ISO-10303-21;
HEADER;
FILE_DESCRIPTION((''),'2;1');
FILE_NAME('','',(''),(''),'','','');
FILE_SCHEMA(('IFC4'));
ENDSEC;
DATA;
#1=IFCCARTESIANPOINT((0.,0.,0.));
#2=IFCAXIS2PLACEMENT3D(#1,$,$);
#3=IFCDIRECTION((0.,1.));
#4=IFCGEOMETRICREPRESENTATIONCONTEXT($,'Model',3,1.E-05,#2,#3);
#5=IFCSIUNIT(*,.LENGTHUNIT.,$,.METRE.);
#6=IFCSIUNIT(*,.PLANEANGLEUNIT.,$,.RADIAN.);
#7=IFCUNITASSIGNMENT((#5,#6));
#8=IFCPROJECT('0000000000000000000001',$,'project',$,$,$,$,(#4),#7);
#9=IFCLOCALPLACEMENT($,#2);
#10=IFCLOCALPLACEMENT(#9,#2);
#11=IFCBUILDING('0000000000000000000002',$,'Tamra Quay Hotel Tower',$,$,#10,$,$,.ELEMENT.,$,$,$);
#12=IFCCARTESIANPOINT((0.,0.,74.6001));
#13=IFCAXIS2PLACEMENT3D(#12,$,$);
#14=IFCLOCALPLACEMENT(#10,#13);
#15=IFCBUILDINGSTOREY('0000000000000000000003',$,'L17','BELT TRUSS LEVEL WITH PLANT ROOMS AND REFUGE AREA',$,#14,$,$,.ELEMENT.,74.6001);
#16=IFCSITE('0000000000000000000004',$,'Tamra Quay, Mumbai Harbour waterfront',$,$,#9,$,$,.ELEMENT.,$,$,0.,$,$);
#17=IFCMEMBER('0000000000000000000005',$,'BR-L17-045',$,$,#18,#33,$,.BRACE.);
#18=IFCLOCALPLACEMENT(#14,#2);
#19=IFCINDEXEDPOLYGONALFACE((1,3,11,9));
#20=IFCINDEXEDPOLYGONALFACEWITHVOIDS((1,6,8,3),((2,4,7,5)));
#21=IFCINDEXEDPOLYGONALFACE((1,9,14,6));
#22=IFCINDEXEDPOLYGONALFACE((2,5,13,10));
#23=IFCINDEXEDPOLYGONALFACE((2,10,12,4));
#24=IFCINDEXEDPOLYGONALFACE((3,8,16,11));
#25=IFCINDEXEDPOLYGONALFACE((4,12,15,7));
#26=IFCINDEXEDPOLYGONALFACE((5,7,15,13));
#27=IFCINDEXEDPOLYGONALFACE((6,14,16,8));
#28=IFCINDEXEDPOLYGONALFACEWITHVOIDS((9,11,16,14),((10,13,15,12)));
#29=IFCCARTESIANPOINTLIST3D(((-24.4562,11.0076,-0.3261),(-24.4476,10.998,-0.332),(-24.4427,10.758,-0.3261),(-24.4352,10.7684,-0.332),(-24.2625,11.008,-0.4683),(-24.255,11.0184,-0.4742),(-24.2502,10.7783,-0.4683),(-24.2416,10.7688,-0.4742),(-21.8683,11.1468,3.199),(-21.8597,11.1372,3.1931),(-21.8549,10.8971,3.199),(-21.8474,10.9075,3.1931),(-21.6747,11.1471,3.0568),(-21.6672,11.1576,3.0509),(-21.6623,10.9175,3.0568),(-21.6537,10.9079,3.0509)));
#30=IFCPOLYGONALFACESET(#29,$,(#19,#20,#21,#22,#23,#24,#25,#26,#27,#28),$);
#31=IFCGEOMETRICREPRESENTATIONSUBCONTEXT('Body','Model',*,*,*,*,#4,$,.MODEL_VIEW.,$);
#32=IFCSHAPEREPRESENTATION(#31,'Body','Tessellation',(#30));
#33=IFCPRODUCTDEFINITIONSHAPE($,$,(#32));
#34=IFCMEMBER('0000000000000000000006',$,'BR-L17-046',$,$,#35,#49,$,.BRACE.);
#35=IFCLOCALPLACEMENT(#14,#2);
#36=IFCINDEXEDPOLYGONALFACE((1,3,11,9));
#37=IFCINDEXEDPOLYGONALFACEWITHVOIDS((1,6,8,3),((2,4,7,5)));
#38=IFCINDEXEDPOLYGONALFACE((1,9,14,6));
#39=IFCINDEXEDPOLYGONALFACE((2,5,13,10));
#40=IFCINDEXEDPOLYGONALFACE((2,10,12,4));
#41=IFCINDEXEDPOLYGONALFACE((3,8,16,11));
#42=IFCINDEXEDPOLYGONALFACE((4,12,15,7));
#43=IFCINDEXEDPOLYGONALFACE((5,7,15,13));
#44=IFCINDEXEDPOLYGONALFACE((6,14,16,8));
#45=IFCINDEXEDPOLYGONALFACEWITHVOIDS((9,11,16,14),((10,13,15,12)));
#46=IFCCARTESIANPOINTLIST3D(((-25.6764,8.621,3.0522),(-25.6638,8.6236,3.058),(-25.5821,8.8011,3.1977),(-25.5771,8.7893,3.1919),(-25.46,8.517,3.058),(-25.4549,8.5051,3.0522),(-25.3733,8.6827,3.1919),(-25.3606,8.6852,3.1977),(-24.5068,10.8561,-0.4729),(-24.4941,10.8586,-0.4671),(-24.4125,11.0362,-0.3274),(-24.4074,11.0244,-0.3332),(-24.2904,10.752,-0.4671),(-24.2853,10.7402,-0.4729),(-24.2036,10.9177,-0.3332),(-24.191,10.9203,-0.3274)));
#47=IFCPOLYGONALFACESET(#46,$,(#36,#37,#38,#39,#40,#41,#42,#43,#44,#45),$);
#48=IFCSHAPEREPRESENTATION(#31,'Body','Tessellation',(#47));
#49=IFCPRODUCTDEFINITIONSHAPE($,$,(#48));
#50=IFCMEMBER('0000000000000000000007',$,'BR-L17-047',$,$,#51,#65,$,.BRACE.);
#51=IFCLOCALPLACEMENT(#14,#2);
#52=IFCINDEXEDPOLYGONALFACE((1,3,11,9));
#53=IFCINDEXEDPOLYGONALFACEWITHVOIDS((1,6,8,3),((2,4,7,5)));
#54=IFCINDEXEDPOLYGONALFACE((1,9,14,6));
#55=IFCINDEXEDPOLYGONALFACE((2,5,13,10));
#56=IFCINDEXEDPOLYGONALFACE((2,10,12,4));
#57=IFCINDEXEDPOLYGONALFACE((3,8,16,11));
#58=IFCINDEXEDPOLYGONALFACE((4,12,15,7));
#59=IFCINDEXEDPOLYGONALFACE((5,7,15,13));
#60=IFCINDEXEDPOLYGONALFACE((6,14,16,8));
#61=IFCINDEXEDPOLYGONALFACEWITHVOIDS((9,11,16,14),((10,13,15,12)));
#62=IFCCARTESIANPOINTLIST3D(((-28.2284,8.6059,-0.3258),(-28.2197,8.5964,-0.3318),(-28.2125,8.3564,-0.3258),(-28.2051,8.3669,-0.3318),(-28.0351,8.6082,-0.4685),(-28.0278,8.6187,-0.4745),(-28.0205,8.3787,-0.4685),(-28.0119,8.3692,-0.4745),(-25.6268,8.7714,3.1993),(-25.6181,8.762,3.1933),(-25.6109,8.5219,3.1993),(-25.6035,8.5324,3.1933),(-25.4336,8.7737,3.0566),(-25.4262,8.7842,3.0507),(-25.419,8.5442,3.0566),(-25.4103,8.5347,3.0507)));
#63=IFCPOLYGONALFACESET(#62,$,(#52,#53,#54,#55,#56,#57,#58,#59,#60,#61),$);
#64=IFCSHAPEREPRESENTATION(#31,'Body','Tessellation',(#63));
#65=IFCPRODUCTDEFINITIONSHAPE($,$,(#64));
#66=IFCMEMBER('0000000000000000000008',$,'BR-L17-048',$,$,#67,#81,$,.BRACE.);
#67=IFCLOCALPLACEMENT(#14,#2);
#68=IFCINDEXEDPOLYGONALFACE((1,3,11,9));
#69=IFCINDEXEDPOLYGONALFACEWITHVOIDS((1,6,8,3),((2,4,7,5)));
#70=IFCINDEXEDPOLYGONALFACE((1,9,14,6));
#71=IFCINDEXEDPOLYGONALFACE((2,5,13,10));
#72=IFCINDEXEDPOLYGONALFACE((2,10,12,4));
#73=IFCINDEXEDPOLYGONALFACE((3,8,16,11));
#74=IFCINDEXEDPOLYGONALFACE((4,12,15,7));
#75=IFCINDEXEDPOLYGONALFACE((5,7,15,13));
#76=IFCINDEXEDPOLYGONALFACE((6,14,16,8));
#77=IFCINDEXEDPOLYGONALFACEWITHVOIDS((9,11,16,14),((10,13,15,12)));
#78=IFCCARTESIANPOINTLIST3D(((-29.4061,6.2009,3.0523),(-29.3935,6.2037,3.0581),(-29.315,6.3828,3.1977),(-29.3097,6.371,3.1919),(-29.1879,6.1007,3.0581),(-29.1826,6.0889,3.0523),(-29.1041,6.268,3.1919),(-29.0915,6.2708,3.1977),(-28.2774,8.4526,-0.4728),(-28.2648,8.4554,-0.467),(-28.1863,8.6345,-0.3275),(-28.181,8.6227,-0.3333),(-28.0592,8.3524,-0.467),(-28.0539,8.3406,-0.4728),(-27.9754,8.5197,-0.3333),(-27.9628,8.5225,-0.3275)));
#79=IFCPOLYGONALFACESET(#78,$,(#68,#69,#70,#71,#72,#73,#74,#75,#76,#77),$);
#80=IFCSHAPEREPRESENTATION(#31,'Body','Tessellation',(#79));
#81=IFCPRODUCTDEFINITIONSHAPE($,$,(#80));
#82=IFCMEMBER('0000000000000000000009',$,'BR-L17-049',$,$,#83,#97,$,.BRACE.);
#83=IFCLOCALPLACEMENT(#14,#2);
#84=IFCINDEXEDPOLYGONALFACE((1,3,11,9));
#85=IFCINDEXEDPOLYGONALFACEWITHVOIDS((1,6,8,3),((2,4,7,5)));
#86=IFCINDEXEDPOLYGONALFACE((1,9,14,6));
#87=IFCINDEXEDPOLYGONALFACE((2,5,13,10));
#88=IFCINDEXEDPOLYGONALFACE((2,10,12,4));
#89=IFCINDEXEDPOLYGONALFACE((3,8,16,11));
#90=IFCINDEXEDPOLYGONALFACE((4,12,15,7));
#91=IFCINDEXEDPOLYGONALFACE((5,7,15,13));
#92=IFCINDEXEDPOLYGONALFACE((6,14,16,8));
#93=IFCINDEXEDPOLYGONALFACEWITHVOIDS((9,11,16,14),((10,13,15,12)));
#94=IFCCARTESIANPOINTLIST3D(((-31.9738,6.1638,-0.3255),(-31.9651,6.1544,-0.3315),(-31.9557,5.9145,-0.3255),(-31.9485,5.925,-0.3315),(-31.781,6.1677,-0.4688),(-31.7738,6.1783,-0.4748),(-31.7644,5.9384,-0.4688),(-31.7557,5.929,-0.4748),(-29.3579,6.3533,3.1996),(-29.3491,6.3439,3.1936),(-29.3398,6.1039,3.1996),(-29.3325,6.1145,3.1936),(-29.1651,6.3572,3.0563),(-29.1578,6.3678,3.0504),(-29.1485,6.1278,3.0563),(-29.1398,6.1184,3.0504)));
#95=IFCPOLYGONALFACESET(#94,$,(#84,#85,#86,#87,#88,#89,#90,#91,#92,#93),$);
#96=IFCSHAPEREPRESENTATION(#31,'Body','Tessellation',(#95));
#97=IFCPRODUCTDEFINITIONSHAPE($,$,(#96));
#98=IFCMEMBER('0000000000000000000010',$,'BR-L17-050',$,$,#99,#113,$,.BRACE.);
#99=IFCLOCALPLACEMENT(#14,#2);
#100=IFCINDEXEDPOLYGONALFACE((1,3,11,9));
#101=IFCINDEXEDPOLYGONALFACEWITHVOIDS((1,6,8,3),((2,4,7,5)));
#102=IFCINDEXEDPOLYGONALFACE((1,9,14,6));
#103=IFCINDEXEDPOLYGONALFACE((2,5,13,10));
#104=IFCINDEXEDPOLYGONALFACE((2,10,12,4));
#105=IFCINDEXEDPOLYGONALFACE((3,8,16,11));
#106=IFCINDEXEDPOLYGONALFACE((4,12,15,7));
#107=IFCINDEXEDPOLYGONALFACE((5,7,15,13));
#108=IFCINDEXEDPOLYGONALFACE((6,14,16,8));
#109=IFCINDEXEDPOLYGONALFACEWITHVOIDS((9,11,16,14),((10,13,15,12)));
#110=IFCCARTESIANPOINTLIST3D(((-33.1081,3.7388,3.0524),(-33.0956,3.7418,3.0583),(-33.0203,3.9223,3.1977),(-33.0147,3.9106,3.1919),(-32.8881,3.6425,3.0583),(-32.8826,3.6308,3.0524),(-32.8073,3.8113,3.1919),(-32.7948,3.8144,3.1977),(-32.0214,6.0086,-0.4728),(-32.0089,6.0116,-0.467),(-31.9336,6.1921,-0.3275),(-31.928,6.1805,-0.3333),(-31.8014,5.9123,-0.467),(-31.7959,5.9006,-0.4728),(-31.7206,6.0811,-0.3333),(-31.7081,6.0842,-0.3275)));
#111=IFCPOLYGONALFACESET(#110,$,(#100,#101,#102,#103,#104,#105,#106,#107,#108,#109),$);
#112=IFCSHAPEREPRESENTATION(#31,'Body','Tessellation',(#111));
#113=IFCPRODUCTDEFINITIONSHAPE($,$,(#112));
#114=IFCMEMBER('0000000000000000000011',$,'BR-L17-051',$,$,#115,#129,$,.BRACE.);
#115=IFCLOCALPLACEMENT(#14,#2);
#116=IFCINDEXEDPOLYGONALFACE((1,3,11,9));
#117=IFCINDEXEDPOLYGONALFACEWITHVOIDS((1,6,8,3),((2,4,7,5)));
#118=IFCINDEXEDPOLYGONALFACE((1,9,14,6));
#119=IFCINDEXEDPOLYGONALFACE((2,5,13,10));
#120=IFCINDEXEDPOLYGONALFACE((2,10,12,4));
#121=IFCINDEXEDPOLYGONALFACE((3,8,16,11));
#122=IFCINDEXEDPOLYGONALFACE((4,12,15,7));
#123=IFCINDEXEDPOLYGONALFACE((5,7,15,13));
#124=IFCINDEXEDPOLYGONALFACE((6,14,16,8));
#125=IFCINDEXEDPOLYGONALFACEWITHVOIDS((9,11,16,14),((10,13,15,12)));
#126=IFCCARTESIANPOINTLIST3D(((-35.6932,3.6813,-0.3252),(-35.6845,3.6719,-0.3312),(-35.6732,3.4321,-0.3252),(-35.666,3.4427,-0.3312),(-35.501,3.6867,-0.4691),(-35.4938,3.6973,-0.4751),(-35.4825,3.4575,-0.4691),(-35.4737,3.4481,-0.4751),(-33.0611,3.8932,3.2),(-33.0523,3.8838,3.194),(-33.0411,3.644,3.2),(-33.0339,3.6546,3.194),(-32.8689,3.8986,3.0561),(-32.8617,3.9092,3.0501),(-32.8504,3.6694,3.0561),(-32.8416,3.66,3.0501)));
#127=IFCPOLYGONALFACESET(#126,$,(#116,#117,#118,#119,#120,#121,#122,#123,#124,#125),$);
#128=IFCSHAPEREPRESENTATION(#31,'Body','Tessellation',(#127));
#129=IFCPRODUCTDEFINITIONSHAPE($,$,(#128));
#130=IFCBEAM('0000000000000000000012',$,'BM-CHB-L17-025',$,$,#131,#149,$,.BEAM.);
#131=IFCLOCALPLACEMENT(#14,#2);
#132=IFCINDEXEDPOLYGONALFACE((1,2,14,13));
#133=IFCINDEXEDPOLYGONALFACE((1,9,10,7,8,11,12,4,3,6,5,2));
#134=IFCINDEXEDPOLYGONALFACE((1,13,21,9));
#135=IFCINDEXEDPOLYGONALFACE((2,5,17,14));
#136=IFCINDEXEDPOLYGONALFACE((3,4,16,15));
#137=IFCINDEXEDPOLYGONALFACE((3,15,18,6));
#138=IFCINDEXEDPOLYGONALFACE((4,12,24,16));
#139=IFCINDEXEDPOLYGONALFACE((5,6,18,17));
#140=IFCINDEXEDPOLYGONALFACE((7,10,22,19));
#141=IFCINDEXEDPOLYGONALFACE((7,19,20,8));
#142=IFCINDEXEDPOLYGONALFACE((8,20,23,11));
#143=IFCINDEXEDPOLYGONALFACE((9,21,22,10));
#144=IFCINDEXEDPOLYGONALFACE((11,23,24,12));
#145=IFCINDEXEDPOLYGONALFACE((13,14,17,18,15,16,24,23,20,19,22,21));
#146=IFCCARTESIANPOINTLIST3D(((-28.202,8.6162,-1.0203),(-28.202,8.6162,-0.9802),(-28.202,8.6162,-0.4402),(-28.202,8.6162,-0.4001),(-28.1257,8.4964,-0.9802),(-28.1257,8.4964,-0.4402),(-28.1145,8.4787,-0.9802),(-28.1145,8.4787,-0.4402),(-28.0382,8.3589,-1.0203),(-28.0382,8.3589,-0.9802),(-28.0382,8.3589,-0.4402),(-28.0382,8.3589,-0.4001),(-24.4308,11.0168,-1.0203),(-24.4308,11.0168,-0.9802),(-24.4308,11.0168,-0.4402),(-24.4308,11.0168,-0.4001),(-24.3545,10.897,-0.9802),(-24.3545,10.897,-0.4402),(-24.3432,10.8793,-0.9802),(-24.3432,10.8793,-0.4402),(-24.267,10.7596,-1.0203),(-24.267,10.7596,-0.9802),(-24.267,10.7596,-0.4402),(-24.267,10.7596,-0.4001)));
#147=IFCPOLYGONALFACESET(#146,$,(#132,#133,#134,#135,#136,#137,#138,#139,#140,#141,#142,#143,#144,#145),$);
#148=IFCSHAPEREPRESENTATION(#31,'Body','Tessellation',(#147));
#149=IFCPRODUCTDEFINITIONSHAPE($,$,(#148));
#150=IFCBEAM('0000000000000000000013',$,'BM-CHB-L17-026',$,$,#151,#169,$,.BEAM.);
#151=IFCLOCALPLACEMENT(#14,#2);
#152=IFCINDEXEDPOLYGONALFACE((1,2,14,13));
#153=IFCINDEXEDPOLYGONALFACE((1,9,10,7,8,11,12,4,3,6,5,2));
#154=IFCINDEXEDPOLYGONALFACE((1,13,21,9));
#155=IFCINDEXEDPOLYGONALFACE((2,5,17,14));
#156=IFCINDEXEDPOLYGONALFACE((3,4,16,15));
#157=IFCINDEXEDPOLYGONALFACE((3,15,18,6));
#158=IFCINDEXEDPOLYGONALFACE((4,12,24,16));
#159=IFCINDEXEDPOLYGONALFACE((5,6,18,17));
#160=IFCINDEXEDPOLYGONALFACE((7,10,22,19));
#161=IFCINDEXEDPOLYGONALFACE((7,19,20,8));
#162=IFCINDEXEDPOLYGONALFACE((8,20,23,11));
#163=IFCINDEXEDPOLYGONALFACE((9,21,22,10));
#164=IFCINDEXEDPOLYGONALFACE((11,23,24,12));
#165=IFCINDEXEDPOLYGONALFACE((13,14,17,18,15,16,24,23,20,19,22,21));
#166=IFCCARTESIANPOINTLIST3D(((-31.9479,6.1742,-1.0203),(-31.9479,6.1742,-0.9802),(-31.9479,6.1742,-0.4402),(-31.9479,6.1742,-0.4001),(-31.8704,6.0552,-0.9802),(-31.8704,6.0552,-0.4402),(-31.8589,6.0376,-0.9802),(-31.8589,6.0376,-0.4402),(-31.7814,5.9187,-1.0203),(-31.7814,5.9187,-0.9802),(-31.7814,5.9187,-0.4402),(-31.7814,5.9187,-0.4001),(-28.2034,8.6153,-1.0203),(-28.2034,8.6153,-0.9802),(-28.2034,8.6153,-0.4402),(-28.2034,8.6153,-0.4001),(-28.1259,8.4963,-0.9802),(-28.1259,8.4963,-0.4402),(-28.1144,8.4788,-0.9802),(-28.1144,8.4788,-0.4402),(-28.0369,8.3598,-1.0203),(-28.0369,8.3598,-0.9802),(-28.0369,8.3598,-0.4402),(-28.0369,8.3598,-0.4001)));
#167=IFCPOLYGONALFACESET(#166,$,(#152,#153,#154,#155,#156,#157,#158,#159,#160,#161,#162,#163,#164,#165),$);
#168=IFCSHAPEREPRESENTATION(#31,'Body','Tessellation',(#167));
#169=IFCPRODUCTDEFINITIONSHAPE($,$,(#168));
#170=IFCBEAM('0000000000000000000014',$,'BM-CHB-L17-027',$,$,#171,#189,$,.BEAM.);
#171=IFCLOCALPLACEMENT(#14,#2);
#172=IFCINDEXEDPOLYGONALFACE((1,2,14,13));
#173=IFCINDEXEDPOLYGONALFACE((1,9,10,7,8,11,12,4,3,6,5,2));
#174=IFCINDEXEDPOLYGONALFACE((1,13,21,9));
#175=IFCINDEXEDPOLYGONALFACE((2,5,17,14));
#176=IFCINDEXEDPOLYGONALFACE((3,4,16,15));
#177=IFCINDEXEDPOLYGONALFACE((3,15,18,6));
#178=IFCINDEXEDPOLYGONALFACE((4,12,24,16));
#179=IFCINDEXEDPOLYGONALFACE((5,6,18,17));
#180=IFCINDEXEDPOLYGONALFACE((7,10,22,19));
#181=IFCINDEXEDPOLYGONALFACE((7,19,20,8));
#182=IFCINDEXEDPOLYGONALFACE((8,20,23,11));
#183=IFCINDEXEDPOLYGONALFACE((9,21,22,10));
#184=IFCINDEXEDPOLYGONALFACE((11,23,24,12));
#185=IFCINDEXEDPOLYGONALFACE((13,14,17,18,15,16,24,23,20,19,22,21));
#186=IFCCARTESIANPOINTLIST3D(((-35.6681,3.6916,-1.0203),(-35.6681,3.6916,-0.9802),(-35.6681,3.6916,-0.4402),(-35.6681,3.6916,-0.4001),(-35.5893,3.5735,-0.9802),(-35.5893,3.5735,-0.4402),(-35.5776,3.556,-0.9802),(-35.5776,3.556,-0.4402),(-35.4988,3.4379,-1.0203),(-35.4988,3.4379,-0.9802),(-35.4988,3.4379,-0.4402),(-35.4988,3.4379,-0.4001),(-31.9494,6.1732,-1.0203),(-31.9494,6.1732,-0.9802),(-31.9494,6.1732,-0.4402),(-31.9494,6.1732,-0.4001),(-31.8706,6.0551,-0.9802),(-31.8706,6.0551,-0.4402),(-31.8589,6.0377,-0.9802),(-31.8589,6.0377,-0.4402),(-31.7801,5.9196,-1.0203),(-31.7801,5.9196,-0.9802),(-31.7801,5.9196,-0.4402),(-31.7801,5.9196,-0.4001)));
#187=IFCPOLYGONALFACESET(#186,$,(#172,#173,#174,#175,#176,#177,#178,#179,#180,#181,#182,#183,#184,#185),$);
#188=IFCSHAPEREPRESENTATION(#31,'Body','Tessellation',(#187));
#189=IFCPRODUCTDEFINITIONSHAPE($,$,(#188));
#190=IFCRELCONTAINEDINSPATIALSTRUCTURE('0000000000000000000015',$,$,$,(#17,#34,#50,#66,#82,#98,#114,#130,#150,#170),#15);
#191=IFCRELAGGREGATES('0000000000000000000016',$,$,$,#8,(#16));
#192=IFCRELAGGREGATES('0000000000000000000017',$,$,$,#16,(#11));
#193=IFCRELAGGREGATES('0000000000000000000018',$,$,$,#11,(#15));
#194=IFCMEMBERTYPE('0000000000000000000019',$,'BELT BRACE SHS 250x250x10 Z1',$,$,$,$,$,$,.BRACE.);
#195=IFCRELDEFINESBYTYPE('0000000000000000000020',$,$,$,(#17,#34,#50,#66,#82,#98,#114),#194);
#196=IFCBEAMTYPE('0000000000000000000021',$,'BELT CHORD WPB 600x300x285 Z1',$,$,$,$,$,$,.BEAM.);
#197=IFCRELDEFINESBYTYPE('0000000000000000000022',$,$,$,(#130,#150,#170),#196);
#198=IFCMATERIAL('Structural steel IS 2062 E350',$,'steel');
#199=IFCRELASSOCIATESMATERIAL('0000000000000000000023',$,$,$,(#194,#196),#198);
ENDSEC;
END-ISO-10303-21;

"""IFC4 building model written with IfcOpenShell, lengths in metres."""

from ifc_helpers import new_model, si_unit, direction, frame, origin, origin_2d, place, context, subcontext, project, spatial, hollow_rectangle, i_section, extrude, material, material_profile, profile_set, type_object, element, save


model = new_model("IFC4")

# Units and contexts
model_context = context("Model", 3, precision=1e-05, world=origin(), true_north=direction((0.0, 1.0)))
body_context = subcontext(model_context, "Body", "Model", "MODEL_VIEW")
ifc_project = project(units=[si_unit("LENGTHUNIT", "METRE"), si_unit("PLANEANGLEUNIT", "RADIAN")], contexts=[model_context])

# Site, building, storey
site_placement = place(None, origin())
site = spatial("IfcSite", under=ifc_project, at=site_placement, Name="Tamra Quay, Mumbai Harbour waterfront", CompositionType="ELEMENT", RefElevation=0.0)
building_placement = place(site_placement, origin())
building = spatial("IfcBuilding", under=site, at=building_placement, Name="Tamra Quay Hotel Tower", CompositionType="ELEMENT")
storey_placement = place(building_placement, frame((0.0, 0.0, 74.6001)))
storey = spatial("IfcBuildingStorey", under=building, at=storey_placement, Name="L17", Description="BELT TRUSS LEVEL WITH PLANT ROOMS AND REFUGE AREA", CompositionType="ELEMENT", Elevation=74.6001)

# Members
ifc_material_1 = material(Name="Structural steel IS 2062 E350", Category="steel")
ifc_material_profile_1 = material_profile(ifc_material_1, hollow_rectangle(XDim=0.25, YDim=0.25, WallThickness=0.01, at=origin_2d()), Name="SHS 250x250x10")
ifc_profile_set_1 = profile_set([ifc_material_profile_1], Name="Structural steel IS 2062 E350")
member_type = type_object("IfcMemberType", Name="BELT BRACE SHS 250x250x10 Z1", PredefinedType="BRACE", material=ifc_profile_set_1)
member_1_placement = place(storey_placement, frame((-24.3489, 10.8882, -0.4001), z_axis=(0.591478, 0.031806, 0.805694), x_axis=(-0.053696, 0.998557, 0.0)))
element("IfcMember", 1, at=member_1_placement, inside=storey, type_object=member_type, Name="BR-L17-045", PredefinedType="BRACE", context=body_context, shape_type="SweptSolid", body=[
    extrude(hollow_rectangle(XDim=0.25, YDim=0.25, WallThickness=0.01, at=origin_2d()), origin(), (0.0, 0.0, 1.0), 4.3752),
])
member_2_placement = place(storey_placement, frame((-24.3489, 10.8882, -0.4001), z_axis=(-0.269834, -0.515619, 0.81322), x_axis=(0.88601, -0.463667, 0.0)))
element("IfcMember", 2, at=member_2_placement, inside=storey, type_object=member_type, Name="BR-L17-046", PredefinedType="BRACE", context=body_context, shape_type="SweptSolid", body=[
    extrude(hollow_rectangle(XDim=0.25, YDim=0.25, WallThickness=0.01, at=origin_2d()), origin(), (0.0, 0.0, 1.0), 4.3347),
])
member_3_placement = place(storey_placement, frame((-28.1201, 8.4875, -0.4001), z_axis=(0.59338, 0.037754, 0.804037), x_axis=(-0.063498, 0.997982, 0.0)))
element("IfcMember", 3, at=member_3_placement, inside=storey, type_object=member_type, Name="BR-L17-047", PredefinedType="BRACE", context=body_context, shape_type="SweptSolid", body=[
    extrude(hollow_rectangle(XDim=0.25, YDim=0.25, WallThickness=0.01, at=origin_2d()), origin(), (0.0, 0.0, 1.0), 4.3843),
])
member_4_placement = place(storey_placement, frame((-28.1201, 8.4875, -0.4001), z_axis=(-0.260509, -0.519723, 0.813648), x_axis=(0.893981, -0.448105, 0.0)))
element("IfcMember", 4, at=member_4_placement, inside=storey, type_object=member_type, Name="BR-L17-048", PredefinedType="BRACE", context=body_context, shape_type="SweptSolid", body=[
    extrude(hollow_rectangle(XDim=0.25, YDim=0.25, WallThickness=0.01, at=origin_2d()), origin(), (0.0, 0.0, 1.0), 4.3325),
])
member_5_placement = place(storey_placement, frame((-31.8647, 6.0464, -0.4001), z_axis=(0.595371, 0.043118, 0.802293), x_axis=(-0.072233, 0.997388, 0.0)))
element("IfcMember", 5, at=member_5_placement, inside=storey, type_object=member_type, Name="BR-L17-049", PredefinedType="BRACE", context=body_context, shape_type="SweptSolid", body=[
    extrude(hollow_rectangle(XDim=0.25, YDim=0.25, WallThickness=0.01, at=origin_2d()), origin(), (0.0, 0.0, 1.0), 4.3938),
])
member_6_placement = place(storey_placement, frame((-31.8647, 6.0464, -0.4001), z_axis=(-0.250893, -0.524051, 0.813894), x_axis=(0.90196, -0.431819, 0.0)))
element("IfcMember", 6, at=member_6_placement, inside=storey, type_object=member_type, Name="BR-L17-050", PredefinedType="BRACE", context=body_context, shape_type="SweptSolid", body=[
    extrude(hollow_rectangle(XDim=0.25, YDim=0.25, WallThickness=0.01, at=origin_2d()), origin(), (0.0, 0.0, 1.0), 4.3313),
])
member_7_placement = place(storey_placement, frame((-35.5835, 3.5647, -0.4001), z_axis=(0.597592, 0.048113, 0.800355), x_axis=(-0.080252, 0.996775, 0.0)))
element("IfcMember", 7, at=member_7_placement, inside=storey, type_object=member_type, Name="BR-L17-051", PredefinedType="BRACE", context=body_context, shape_type="SweptSolid", body=[
    extrude(hollow_rectangle(XDim=0.25, YDim=0.25, WallThickness=0.01, at=origin_2d()), origin(), (0.0, 0.0, 1.0), 4.4045),
])

# Beams
ifc_material_profile_2 = material_profile(ifc_material_1, i_section(OverallWidth=0.3049, OverallDepth=0.6201, WebThickness=0.021, FlangeThickness=0.04, at=origin_2d()), Name="WPB 600x300x285")
ifc_profile_set_2 = profile_set([ifc_material_profile_2], Name="Structural steel IS 2062 E350")
beam_type_1 = type_object("IfcBeamType", Name="BELT CHORD WPB 600x300x285 Z1", PredefinedType="BEAM", material=ifc_profile_set_2)
beam_1_placement = place(storey_placement, frame((-24.3489, 10.8882, -0.7102), z_axis=(-0.843585, -0.536996, 0.0), x_axis=(0.536996, -0.843585, 0.0)))
element("IfcBeam", 8, at=beam_1_placement, inside=storey, type_object=beam_type_1, Name="BM-CHB-L17-025", PredefinedType="BEAM", context=body_context, shape_type="SweptSolid", body=[
    extrude(i_section(OverallWidth=0.3049, OverallDepth=0.6201, WebThickness=0.021, FlangeThickness=0.04, at=origin_2d()), origin(), (0.0, 0.0, 1.0), 4.4705),
])
beam_2_placement = place(storey_placement, frame((-28.1201, 8.4875, -0.7102), z_axis=(-0.837712, -0.546113, 0.0), x_axis=(0.546113, -0.837712, 0.0)))
element("IfcBeam", 9, at=beam_2_placement, inside=storey, type_object=beam_type_1, Name="BM-CHB-L17-026", PredefinedType="BEAM", context=body_context, shape_type="SweptSolid", body=[
    extrude(i_section(OverallWidth=0.3049, OverallDepth=0.6201, WebThickness=0.021, FlangeThickness=0.04, at=origin_2d()), origin(), (0.0, 0.0, 1.0), 4.47),
])
beam_3_placement = place(storey_placement, frame((-31.8647, 6.0464, -0.7102), z_axis=(-0.83179, -0.555091, 0.0), x_axis=(0.555091, -0.83179, 0.0)))
element("IfcBeam", 10, at=beam_3_placement, inside=storey, type_object=beam_type_1, Name="BM-CHB-L17-027", PredefinedType="BEAM", context=body_context, shape_type="SweptSolid", body=[
    extrude(i_section(OverallWidth=0.3049, OverallDepth=0.6201, WebThickness=0.021, FlangeThickness=0.04, at=origin_2d()), origin(), (0.0, 0.0, 1.0), 4.4707),
])

save(model, "model.ifc")
